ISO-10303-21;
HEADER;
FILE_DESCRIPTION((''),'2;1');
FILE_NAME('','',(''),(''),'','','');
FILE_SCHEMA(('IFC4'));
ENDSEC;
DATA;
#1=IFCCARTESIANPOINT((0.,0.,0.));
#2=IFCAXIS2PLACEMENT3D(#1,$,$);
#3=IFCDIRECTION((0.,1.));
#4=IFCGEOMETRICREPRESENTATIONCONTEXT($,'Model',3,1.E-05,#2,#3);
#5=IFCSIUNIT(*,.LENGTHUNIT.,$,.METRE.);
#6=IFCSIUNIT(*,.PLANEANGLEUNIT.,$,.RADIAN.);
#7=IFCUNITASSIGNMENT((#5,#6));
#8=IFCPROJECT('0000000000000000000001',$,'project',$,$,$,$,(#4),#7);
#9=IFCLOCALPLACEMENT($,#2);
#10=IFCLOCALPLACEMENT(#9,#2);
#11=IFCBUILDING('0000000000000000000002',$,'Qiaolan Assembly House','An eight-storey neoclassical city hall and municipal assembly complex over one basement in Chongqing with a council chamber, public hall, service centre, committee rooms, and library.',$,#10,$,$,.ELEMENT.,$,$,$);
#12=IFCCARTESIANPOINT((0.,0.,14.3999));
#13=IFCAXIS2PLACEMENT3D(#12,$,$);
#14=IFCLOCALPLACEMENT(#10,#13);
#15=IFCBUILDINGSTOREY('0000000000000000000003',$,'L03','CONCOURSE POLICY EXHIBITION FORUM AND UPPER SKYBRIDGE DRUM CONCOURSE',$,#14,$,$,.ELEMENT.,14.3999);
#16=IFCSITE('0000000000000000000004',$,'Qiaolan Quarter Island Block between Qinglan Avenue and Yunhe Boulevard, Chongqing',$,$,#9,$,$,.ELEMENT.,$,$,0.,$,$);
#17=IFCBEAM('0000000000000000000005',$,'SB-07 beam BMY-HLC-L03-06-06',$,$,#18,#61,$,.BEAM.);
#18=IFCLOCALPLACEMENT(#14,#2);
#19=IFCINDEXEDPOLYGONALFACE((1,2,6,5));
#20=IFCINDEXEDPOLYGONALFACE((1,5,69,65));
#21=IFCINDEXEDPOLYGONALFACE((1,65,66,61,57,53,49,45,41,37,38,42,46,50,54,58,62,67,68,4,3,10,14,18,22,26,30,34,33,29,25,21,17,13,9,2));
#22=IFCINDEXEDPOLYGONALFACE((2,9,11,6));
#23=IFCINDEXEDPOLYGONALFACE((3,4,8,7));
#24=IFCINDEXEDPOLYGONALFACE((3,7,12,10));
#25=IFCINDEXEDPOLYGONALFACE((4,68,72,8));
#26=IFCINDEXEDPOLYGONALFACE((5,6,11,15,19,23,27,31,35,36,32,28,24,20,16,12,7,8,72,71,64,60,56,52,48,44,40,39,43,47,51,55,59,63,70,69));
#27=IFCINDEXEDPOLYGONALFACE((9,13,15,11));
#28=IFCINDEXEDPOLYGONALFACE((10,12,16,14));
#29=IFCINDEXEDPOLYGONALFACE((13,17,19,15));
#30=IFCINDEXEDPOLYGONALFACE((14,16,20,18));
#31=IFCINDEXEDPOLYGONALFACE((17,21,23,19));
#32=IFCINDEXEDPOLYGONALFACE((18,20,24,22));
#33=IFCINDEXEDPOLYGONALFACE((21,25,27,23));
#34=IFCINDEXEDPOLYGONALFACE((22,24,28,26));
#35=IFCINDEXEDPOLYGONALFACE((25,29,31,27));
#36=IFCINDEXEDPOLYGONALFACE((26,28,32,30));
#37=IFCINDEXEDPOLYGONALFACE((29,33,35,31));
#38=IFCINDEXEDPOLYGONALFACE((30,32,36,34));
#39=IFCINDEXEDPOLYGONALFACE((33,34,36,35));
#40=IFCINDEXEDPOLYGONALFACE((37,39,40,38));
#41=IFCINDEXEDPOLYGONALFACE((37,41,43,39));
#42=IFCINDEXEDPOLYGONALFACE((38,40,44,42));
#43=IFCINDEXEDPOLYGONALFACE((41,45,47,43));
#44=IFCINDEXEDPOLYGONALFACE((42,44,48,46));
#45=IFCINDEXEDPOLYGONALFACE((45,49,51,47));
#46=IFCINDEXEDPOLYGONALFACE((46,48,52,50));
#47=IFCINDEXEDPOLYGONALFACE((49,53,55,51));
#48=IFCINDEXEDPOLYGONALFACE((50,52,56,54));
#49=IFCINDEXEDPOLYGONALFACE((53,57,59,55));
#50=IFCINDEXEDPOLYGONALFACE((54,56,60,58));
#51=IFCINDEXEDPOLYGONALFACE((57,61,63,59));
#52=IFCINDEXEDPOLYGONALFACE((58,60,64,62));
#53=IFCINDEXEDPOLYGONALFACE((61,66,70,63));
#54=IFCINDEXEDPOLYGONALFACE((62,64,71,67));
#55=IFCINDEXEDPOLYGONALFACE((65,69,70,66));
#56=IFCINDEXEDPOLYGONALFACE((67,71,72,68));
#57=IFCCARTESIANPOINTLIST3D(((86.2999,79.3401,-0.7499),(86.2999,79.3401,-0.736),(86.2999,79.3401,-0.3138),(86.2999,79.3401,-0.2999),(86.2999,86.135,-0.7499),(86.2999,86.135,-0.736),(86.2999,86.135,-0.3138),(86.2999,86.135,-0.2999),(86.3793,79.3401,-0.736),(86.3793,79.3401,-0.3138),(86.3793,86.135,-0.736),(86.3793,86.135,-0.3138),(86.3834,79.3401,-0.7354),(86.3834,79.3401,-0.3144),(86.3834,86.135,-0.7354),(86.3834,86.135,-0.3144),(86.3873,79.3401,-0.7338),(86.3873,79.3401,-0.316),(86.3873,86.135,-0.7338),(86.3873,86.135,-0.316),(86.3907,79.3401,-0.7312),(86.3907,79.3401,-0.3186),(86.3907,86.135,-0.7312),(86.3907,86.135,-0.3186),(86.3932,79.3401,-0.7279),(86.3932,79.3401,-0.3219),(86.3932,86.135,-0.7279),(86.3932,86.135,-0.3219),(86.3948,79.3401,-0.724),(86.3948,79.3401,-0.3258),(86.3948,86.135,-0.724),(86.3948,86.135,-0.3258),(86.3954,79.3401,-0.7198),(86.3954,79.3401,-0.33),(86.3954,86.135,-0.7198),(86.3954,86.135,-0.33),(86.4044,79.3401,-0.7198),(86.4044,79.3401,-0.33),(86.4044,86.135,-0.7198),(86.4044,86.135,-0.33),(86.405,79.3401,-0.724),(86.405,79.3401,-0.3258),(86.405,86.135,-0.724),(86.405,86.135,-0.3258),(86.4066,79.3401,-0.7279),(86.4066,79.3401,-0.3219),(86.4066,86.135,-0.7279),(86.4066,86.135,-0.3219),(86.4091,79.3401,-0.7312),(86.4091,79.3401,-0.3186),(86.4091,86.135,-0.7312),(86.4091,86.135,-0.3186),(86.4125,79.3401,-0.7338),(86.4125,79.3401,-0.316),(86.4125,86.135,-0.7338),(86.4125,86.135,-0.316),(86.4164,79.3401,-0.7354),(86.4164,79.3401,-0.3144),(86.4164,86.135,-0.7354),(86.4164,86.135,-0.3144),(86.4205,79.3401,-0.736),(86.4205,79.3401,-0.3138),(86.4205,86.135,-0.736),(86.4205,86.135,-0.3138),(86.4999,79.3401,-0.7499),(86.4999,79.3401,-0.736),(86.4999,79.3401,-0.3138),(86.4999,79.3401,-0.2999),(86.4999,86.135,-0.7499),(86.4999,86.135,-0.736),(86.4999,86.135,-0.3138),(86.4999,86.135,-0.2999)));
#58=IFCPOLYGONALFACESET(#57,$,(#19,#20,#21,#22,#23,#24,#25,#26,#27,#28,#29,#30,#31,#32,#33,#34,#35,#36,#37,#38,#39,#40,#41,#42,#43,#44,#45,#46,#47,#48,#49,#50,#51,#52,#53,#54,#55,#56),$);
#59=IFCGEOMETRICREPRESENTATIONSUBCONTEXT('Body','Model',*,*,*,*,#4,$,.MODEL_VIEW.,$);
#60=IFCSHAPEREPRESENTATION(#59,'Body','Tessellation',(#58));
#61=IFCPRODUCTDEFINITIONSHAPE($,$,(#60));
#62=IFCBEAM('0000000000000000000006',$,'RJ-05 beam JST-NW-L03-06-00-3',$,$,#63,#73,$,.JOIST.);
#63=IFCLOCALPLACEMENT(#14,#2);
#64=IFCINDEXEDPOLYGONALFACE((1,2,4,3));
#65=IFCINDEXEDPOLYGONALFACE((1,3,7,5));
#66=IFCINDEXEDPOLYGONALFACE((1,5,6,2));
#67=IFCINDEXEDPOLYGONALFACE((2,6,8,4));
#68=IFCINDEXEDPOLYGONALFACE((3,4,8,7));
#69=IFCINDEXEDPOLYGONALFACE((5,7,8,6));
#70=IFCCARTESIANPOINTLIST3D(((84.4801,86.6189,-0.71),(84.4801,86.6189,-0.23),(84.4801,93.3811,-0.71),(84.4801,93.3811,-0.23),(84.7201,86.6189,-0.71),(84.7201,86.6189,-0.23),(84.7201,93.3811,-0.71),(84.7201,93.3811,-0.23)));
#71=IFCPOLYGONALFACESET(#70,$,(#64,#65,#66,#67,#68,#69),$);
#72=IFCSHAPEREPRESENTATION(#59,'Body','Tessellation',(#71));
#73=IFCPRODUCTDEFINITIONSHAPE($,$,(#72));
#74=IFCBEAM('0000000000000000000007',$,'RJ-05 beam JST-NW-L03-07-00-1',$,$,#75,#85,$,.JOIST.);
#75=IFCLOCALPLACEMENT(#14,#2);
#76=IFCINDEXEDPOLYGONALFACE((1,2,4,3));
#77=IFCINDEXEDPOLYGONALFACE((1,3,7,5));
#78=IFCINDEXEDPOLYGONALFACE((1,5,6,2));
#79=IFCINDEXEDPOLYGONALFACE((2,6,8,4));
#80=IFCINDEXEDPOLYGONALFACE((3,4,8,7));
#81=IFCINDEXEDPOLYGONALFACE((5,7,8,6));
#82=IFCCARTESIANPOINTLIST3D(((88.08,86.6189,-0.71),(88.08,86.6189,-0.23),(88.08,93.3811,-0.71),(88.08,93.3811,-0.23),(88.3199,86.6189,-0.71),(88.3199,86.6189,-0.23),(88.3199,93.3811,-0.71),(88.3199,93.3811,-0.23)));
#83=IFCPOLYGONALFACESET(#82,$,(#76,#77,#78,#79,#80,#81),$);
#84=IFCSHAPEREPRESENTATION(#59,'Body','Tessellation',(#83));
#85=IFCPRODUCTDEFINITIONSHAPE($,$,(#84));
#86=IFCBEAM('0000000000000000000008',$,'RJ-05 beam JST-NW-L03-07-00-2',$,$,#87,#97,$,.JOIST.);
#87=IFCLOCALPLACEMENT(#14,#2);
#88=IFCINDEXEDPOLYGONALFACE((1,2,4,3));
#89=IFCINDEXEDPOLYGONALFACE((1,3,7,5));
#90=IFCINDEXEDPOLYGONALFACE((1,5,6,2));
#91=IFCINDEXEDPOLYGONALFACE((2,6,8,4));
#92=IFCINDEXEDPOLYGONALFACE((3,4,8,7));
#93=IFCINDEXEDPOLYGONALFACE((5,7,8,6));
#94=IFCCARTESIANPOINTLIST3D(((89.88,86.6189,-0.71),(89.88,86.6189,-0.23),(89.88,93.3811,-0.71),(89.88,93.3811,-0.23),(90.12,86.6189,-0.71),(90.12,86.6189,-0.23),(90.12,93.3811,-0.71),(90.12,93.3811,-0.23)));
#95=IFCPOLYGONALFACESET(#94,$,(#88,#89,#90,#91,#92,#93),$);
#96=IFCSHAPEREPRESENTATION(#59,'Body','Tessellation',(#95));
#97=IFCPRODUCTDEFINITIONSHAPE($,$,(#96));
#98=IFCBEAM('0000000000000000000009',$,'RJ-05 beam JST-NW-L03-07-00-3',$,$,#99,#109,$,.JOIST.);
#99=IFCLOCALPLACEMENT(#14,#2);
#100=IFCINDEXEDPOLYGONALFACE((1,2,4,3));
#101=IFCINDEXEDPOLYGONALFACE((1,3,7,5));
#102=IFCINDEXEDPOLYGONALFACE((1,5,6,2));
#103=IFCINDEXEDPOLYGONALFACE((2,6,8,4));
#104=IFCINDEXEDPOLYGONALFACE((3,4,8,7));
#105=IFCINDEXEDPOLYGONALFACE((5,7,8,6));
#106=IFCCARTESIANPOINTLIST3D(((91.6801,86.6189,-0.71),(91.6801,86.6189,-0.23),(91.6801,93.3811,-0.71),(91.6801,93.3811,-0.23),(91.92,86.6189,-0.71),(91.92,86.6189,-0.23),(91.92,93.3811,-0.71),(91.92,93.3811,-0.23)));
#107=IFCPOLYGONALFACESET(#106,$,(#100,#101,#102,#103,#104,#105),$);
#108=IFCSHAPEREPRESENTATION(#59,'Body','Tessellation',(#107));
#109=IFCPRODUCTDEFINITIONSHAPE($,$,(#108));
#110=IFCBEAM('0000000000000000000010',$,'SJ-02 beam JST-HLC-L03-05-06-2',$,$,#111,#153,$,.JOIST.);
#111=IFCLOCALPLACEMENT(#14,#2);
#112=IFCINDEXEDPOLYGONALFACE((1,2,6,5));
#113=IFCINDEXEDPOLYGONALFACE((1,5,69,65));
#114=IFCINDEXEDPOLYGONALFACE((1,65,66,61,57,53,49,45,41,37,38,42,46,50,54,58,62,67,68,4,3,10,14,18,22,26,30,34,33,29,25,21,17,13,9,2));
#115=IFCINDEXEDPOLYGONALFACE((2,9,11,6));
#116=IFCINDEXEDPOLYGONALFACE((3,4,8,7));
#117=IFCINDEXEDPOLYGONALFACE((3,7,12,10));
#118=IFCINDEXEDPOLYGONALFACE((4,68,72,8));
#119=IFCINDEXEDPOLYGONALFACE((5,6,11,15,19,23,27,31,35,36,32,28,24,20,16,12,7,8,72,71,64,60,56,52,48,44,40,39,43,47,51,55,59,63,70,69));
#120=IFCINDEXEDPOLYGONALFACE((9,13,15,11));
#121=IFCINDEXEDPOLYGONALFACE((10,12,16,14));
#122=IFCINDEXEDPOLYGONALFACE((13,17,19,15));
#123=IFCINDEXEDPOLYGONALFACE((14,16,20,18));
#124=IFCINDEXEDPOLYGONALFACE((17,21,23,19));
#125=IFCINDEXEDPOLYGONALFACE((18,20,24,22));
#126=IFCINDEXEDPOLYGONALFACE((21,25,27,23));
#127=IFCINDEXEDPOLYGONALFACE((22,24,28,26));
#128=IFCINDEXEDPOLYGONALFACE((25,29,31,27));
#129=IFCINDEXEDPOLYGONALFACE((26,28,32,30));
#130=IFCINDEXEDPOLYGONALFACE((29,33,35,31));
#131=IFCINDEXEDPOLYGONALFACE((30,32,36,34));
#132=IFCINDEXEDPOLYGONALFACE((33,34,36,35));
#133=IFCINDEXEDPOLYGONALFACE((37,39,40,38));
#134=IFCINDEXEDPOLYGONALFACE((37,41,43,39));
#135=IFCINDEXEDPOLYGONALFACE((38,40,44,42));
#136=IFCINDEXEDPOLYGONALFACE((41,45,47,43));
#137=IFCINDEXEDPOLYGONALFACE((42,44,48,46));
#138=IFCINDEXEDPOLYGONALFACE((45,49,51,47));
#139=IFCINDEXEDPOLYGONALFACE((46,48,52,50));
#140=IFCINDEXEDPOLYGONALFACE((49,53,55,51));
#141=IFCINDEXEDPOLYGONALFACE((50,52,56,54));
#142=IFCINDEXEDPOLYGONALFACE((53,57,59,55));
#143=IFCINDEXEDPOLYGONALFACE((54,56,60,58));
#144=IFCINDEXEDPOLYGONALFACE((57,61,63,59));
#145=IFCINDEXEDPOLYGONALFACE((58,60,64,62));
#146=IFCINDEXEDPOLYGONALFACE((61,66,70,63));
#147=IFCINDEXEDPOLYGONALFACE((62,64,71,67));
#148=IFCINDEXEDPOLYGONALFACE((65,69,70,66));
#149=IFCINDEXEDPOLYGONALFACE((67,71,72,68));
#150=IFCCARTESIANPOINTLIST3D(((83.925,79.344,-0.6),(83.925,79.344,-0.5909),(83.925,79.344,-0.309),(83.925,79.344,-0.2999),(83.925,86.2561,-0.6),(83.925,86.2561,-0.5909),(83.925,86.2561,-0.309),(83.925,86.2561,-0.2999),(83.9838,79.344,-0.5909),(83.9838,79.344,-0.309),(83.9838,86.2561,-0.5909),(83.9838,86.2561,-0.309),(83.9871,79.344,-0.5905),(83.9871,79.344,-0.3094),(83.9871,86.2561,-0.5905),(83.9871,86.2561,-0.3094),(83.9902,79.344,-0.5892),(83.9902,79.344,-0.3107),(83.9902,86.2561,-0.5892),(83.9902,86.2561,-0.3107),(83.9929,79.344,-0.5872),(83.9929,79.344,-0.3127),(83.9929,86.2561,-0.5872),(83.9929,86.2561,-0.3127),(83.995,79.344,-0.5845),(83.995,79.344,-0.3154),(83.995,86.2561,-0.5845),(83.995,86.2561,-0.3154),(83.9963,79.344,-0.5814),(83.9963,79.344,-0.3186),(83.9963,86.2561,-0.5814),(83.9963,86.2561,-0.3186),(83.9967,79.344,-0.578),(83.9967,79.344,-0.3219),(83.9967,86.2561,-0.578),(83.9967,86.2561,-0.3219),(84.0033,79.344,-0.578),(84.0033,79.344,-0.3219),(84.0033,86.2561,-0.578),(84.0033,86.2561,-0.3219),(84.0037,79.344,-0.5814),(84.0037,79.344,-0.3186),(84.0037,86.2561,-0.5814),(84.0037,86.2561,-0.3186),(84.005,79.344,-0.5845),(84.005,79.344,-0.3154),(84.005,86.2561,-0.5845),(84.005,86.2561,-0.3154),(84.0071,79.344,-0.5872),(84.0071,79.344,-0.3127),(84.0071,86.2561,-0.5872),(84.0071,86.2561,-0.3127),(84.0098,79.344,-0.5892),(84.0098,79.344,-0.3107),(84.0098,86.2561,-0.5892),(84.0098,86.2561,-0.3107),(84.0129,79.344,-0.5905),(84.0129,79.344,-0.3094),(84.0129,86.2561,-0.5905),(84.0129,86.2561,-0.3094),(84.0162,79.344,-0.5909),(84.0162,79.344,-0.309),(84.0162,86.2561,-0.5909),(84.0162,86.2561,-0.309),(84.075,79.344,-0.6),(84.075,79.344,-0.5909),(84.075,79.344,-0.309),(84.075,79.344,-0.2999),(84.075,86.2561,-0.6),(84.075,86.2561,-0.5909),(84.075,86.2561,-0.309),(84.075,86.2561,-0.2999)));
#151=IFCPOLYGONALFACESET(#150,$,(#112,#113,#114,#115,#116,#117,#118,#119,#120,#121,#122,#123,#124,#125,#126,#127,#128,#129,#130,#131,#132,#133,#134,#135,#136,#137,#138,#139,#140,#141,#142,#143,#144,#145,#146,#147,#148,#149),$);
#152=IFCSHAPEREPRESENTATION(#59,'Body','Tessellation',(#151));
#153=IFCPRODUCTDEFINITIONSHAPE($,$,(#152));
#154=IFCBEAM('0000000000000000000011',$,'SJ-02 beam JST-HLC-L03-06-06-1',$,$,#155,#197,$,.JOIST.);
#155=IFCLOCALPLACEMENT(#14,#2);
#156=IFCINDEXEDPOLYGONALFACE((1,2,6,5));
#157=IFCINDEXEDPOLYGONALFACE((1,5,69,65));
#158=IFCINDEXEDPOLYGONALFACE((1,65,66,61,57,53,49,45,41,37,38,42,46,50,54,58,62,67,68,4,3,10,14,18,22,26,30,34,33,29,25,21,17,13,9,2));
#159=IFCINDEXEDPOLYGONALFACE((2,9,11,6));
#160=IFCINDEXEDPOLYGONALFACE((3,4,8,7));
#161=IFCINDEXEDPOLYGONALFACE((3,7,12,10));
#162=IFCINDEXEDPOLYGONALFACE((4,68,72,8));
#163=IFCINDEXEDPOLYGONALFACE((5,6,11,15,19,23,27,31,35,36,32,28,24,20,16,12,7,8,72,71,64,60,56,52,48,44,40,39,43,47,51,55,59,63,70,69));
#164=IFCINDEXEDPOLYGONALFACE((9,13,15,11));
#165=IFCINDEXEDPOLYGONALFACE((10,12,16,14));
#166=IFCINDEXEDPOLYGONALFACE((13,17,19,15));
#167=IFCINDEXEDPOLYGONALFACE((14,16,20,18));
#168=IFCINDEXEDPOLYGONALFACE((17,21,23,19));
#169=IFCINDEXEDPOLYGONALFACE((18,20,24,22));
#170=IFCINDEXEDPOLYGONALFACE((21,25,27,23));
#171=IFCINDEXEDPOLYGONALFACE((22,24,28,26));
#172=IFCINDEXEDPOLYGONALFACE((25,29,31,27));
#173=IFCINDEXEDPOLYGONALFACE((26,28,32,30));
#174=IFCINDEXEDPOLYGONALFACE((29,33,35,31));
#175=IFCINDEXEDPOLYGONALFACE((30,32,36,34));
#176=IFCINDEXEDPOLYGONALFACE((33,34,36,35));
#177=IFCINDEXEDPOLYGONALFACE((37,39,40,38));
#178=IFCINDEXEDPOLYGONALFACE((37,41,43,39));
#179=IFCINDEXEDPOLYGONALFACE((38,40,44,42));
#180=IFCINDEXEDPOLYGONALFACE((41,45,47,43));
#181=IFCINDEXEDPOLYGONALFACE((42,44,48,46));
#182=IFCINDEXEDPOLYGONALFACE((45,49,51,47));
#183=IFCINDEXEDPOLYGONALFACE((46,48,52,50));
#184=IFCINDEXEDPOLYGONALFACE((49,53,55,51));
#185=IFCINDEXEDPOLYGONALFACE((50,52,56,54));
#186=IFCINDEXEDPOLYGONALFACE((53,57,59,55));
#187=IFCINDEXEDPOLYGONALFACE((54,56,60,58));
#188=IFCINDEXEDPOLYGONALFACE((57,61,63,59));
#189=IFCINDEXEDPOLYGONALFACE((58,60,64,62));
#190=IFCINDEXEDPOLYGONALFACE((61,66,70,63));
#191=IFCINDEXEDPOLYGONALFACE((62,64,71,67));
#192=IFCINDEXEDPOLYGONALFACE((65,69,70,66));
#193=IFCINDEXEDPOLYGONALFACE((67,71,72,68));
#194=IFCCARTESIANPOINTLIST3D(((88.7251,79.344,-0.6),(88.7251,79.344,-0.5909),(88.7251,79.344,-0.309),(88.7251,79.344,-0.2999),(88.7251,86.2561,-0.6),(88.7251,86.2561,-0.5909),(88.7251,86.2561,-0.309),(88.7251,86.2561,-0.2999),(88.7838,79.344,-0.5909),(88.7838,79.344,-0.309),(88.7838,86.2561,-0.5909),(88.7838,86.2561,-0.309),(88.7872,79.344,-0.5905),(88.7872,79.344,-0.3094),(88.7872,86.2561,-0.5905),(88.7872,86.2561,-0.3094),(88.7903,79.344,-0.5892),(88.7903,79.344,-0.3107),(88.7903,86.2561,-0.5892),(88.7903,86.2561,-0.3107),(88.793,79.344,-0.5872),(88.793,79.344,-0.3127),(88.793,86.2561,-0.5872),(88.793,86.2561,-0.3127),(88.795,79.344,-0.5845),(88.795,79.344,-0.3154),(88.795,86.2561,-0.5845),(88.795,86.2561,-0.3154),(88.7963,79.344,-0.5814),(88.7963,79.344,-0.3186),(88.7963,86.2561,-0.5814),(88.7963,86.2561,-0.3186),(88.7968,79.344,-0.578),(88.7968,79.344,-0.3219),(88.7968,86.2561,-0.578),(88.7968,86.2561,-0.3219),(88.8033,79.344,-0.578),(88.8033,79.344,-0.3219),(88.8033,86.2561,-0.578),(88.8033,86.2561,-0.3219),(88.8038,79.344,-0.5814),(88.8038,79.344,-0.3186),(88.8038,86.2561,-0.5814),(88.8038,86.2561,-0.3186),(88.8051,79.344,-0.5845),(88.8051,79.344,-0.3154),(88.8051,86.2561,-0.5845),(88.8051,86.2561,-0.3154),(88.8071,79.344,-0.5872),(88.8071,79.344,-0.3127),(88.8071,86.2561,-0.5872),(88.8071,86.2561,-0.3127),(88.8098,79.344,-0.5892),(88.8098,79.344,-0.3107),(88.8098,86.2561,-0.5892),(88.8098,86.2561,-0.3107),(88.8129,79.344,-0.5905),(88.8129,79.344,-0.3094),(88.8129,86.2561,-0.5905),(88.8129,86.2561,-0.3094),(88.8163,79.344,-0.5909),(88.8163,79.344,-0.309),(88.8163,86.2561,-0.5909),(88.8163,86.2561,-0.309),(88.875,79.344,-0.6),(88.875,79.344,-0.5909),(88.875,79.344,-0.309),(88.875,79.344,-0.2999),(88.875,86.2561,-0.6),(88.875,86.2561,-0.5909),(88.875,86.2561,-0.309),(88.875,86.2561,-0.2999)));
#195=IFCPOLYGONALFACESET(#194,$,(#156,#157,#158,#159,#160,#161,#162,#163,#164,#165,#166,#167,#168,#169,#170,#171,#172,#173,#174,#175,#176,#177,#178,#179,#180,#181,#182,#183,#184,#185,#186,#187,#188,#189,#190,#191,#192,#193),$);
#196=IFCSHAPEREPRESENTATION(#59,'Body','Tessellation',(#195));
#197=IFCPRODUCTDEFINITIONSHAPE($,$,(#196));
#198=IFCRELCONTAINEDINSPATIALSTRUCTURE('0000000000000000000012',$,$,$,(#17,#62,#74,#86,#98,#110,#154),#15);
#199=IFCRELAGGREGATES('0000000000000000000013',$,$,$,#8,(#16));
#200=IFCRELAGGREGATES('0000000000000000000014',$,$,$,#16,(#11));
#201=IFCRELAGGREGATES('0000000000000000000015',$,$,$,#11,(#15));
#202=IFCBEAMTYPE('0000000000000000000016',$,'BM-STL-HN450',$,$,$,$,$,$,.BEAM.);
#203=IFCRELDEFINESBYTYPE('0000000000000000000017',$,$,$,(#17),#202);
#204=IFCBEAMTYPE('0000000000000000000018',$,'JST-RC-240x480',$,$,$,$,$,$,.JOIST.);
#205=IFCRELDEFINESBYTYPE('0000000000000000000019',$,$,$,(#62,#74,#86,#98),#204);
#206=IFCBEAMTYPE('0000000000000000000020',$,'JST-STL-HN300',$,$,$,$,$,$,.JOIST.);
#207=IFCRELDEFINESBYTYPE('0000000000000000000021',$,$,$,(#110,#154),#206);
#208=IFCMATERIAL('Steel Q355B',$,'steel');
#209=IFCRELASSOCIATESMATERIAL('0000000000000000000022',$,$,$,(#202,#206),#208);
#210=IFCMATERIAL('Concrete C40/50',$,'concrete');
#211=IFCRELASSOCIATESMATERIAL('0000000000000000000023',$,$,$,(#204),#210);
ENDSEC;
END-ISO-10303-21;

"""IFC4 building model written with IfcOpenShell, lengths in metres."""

from ifc_helpers import new_model, si_unit, direction, frame, origin, origin_2d, place, context, subcontext, project, spatial, rectangle, i_section, extrude, material, material_profile, profile_set, type_object, element, save


model = new_model("IFC4")

# Units and contexts
model_context = context("Model", 3, precision=1e-05, world=origin(), true_north=direction((0.0, 1.0)))
body_context = subcontext(model_context, "Body", "Model", "MODEL_VIEW")
ifc_project = project(units=[si_unit("LENGTHUNIT", "METRE"), si_unit("PLANEANGLEUNIT", "RADIAN")], contexts=[model_context])

# Site, building, storey
site_placement = place(None, origin())
site = spatial("IfcSite", under=ifc_project, at=site_placement, Name="Qiaolan Quarter Island Block between Qinglan Avenue and Yunhe Boulevard, Chongqing", CompositionType="ELEMENT", RefElevation=0.0)
building_placement = place(site_placement, origin())
building = spatial("IfcBuilding", under=site, at=building_placement, Name="Qiaolan Assembly House", Description="An eight-storey neoclassical city hall and municipal assembly complex over one basement in Chongqing with a council chamber, public hall, service centre, committee rooms, and library.", CompositionType="ELEMENT")
storey_placement = place(building_placement, frame((0.0, 0.0, 14.3999)))
storey = spatial("IfcBuildingStorey", under=building, at=storey_placement, Name="L03", Description="CONCOURSE POLICY EXHIBITION FORUM AND UPPER SKYBRIDGE DRUM CONCOURSE", CompositionType="ELEMENT", Elevation=14.3999)

# Shared definitions
ifc_material_1 = material(Name="Steel Q355B", Category="steel")

# Beams
ifc_material_2 = material(Name="Concrete C40/50", Category="concrete")
ifc_material_profile_1 = material_profile(ifc_material_1, i_section(OverallWidth=0.2, OverallDepth=0.45, WebThickness=0.009, FlangeThickness=0.0139, FilletRadius=0.0161, at=origin_2d()), Name="HN 450x200x9x14")
ifc_profile_set_1 = profile_set([ifc_material_profile_1], Name="Steel Q355B")
beam_type_1 = type_object("IfcBeamType", Name="BM-STL-HN450", PredefinedType="BEAM", material=ifc_profile_set_1)
beam_1_placement = place(storey_placement, frame((86.3999, 79.3401, -0.5249), z_axis=(0.0, 1.0, 0.0), x_axis=(-1.0, 0.0, 0.0)))
element("IfcBeam", 1, at=beam_1_placement, inside=storey, type_object=beam_type_1, Name="SB-07 beam BMY-HLC-L03-06-06", PredefinedType="BEAM", context=body_context, shape_type="SweptSolid", body=[
    extrude(i_section(OverallWidth=0.2, OverallDepth=0.45, WebThickness=0.009, FlangeThickness=0.0139, FilletRadius=0.0161, at=origin_2d()), origin(), (0.0, 0.0, 1.0), 6.7949),
])
ifc_material_profile_2 = material_profile(ifc_material_2, rectangle(XDim=0.24, YDim=0.48, at=origin_2d()), Name="RCB 240x480")
ifc_profile_set_2 = profile_set([ifc_material_profile_2], Name="Concrete C40/50")
beam_type_2 = type_object("IfcBeamType", Name="JST-RC-240x480", PredefinedType="JOIST", material=ifc_profile_set_2)
for number, where, z_axis, x_axis, name in (
    (2, (84.6001, 86.6189, -0.47), (0.0, 1.0, 0.0), (-1.0, 0.0, 0.0), "RJ-05 beam JST-NW-L03-06-00-3"),
    (3, (88.2, 86.6189, -0.47), (0.0, 1.0, 0.0), (-1.0, 0.0, 0.0), "RJ-05 beam JST-NW-L03-07-00-1"),
    (4, (90.0, 86.6189, -0.47), (0.0, 1.0, 0.0), (-1.0, 0.0, 0.0), "RJ-05 beam JST-NW-L03-07-00-2"),
    (5, (91.8, 86.6189, -0.47), (0.0, 1.0, 0.0), (-1.0, 0.0, 0.0), "RJ-05 beam JST-NW-L03-07-00-3"),
):
    element("IfcBeam", number, at=place(storey_placement, frame(where, z_axis=z_axis, x_axis=x_axis)), inside=storey, type_object=beam_type_2, Name=name, PredefinedType="JOIST", context=body_context, shape_type="SweptSolid", body=[
        extrude(rectangle(XDim=0.24, YDim=0.48, at=origin_2d()), origin(), (0.0, 0.0, 1.0), 6.7622),
    ])
ifc_material_profile_3 = material_profile(ifc_material_1, i_section(OverallWidth=0.1499, OverallDepth=0.3, WebThickness=0.0066, FlangeThickness=0.009, FilletRadius=0.0129, at=origin_2d()), Name="HN 300x150x6.5x9")
ifc_profile_set_3 = profile_set([ifc_material_profile_3], Name="Steel Q355B")
beam_type_3 = type_object("IfcBeamType", Name="JST-STL-HN300", PredefinedType="JOIST", material=ifc_profile_set_3)
for number, where, z_axis, x_axis, name in (
    (6, (84.0, 79.344, -0.45), (0.0, 1.0, 0.0), (-1.0, 0.0, 0.0), "SJ-02 beam JST-HLC-L03-05-06-2"),
    (7, (88.8, 79.344, -0.45), (0.0, 1.0, 0.0), (-1.0, 0.0, 0.0), "SJ-02 beam JST-HLC-L03-06-06-1"),
):
    element("IfcBeam", number, at=place(storey_placement, frame(where, z_axis=z_axis, x_axis=x_axis)), inside=storey, type_object=beam_type_3, Name=name, PredefinedType="JOIST", context=body_context, shape_type="SweptSolid", body=[
        extrude(i_section(OverallWidth=0.1499, OverallDepth=0.3, WebThickness=0.0066, FlangeThickness=0.009, FilletRadius=0.0129, at=origin_2d()), origin(), (0.0, 0.0, 1.0), 6.9121),
    ])

save(model, "model.ifc")
